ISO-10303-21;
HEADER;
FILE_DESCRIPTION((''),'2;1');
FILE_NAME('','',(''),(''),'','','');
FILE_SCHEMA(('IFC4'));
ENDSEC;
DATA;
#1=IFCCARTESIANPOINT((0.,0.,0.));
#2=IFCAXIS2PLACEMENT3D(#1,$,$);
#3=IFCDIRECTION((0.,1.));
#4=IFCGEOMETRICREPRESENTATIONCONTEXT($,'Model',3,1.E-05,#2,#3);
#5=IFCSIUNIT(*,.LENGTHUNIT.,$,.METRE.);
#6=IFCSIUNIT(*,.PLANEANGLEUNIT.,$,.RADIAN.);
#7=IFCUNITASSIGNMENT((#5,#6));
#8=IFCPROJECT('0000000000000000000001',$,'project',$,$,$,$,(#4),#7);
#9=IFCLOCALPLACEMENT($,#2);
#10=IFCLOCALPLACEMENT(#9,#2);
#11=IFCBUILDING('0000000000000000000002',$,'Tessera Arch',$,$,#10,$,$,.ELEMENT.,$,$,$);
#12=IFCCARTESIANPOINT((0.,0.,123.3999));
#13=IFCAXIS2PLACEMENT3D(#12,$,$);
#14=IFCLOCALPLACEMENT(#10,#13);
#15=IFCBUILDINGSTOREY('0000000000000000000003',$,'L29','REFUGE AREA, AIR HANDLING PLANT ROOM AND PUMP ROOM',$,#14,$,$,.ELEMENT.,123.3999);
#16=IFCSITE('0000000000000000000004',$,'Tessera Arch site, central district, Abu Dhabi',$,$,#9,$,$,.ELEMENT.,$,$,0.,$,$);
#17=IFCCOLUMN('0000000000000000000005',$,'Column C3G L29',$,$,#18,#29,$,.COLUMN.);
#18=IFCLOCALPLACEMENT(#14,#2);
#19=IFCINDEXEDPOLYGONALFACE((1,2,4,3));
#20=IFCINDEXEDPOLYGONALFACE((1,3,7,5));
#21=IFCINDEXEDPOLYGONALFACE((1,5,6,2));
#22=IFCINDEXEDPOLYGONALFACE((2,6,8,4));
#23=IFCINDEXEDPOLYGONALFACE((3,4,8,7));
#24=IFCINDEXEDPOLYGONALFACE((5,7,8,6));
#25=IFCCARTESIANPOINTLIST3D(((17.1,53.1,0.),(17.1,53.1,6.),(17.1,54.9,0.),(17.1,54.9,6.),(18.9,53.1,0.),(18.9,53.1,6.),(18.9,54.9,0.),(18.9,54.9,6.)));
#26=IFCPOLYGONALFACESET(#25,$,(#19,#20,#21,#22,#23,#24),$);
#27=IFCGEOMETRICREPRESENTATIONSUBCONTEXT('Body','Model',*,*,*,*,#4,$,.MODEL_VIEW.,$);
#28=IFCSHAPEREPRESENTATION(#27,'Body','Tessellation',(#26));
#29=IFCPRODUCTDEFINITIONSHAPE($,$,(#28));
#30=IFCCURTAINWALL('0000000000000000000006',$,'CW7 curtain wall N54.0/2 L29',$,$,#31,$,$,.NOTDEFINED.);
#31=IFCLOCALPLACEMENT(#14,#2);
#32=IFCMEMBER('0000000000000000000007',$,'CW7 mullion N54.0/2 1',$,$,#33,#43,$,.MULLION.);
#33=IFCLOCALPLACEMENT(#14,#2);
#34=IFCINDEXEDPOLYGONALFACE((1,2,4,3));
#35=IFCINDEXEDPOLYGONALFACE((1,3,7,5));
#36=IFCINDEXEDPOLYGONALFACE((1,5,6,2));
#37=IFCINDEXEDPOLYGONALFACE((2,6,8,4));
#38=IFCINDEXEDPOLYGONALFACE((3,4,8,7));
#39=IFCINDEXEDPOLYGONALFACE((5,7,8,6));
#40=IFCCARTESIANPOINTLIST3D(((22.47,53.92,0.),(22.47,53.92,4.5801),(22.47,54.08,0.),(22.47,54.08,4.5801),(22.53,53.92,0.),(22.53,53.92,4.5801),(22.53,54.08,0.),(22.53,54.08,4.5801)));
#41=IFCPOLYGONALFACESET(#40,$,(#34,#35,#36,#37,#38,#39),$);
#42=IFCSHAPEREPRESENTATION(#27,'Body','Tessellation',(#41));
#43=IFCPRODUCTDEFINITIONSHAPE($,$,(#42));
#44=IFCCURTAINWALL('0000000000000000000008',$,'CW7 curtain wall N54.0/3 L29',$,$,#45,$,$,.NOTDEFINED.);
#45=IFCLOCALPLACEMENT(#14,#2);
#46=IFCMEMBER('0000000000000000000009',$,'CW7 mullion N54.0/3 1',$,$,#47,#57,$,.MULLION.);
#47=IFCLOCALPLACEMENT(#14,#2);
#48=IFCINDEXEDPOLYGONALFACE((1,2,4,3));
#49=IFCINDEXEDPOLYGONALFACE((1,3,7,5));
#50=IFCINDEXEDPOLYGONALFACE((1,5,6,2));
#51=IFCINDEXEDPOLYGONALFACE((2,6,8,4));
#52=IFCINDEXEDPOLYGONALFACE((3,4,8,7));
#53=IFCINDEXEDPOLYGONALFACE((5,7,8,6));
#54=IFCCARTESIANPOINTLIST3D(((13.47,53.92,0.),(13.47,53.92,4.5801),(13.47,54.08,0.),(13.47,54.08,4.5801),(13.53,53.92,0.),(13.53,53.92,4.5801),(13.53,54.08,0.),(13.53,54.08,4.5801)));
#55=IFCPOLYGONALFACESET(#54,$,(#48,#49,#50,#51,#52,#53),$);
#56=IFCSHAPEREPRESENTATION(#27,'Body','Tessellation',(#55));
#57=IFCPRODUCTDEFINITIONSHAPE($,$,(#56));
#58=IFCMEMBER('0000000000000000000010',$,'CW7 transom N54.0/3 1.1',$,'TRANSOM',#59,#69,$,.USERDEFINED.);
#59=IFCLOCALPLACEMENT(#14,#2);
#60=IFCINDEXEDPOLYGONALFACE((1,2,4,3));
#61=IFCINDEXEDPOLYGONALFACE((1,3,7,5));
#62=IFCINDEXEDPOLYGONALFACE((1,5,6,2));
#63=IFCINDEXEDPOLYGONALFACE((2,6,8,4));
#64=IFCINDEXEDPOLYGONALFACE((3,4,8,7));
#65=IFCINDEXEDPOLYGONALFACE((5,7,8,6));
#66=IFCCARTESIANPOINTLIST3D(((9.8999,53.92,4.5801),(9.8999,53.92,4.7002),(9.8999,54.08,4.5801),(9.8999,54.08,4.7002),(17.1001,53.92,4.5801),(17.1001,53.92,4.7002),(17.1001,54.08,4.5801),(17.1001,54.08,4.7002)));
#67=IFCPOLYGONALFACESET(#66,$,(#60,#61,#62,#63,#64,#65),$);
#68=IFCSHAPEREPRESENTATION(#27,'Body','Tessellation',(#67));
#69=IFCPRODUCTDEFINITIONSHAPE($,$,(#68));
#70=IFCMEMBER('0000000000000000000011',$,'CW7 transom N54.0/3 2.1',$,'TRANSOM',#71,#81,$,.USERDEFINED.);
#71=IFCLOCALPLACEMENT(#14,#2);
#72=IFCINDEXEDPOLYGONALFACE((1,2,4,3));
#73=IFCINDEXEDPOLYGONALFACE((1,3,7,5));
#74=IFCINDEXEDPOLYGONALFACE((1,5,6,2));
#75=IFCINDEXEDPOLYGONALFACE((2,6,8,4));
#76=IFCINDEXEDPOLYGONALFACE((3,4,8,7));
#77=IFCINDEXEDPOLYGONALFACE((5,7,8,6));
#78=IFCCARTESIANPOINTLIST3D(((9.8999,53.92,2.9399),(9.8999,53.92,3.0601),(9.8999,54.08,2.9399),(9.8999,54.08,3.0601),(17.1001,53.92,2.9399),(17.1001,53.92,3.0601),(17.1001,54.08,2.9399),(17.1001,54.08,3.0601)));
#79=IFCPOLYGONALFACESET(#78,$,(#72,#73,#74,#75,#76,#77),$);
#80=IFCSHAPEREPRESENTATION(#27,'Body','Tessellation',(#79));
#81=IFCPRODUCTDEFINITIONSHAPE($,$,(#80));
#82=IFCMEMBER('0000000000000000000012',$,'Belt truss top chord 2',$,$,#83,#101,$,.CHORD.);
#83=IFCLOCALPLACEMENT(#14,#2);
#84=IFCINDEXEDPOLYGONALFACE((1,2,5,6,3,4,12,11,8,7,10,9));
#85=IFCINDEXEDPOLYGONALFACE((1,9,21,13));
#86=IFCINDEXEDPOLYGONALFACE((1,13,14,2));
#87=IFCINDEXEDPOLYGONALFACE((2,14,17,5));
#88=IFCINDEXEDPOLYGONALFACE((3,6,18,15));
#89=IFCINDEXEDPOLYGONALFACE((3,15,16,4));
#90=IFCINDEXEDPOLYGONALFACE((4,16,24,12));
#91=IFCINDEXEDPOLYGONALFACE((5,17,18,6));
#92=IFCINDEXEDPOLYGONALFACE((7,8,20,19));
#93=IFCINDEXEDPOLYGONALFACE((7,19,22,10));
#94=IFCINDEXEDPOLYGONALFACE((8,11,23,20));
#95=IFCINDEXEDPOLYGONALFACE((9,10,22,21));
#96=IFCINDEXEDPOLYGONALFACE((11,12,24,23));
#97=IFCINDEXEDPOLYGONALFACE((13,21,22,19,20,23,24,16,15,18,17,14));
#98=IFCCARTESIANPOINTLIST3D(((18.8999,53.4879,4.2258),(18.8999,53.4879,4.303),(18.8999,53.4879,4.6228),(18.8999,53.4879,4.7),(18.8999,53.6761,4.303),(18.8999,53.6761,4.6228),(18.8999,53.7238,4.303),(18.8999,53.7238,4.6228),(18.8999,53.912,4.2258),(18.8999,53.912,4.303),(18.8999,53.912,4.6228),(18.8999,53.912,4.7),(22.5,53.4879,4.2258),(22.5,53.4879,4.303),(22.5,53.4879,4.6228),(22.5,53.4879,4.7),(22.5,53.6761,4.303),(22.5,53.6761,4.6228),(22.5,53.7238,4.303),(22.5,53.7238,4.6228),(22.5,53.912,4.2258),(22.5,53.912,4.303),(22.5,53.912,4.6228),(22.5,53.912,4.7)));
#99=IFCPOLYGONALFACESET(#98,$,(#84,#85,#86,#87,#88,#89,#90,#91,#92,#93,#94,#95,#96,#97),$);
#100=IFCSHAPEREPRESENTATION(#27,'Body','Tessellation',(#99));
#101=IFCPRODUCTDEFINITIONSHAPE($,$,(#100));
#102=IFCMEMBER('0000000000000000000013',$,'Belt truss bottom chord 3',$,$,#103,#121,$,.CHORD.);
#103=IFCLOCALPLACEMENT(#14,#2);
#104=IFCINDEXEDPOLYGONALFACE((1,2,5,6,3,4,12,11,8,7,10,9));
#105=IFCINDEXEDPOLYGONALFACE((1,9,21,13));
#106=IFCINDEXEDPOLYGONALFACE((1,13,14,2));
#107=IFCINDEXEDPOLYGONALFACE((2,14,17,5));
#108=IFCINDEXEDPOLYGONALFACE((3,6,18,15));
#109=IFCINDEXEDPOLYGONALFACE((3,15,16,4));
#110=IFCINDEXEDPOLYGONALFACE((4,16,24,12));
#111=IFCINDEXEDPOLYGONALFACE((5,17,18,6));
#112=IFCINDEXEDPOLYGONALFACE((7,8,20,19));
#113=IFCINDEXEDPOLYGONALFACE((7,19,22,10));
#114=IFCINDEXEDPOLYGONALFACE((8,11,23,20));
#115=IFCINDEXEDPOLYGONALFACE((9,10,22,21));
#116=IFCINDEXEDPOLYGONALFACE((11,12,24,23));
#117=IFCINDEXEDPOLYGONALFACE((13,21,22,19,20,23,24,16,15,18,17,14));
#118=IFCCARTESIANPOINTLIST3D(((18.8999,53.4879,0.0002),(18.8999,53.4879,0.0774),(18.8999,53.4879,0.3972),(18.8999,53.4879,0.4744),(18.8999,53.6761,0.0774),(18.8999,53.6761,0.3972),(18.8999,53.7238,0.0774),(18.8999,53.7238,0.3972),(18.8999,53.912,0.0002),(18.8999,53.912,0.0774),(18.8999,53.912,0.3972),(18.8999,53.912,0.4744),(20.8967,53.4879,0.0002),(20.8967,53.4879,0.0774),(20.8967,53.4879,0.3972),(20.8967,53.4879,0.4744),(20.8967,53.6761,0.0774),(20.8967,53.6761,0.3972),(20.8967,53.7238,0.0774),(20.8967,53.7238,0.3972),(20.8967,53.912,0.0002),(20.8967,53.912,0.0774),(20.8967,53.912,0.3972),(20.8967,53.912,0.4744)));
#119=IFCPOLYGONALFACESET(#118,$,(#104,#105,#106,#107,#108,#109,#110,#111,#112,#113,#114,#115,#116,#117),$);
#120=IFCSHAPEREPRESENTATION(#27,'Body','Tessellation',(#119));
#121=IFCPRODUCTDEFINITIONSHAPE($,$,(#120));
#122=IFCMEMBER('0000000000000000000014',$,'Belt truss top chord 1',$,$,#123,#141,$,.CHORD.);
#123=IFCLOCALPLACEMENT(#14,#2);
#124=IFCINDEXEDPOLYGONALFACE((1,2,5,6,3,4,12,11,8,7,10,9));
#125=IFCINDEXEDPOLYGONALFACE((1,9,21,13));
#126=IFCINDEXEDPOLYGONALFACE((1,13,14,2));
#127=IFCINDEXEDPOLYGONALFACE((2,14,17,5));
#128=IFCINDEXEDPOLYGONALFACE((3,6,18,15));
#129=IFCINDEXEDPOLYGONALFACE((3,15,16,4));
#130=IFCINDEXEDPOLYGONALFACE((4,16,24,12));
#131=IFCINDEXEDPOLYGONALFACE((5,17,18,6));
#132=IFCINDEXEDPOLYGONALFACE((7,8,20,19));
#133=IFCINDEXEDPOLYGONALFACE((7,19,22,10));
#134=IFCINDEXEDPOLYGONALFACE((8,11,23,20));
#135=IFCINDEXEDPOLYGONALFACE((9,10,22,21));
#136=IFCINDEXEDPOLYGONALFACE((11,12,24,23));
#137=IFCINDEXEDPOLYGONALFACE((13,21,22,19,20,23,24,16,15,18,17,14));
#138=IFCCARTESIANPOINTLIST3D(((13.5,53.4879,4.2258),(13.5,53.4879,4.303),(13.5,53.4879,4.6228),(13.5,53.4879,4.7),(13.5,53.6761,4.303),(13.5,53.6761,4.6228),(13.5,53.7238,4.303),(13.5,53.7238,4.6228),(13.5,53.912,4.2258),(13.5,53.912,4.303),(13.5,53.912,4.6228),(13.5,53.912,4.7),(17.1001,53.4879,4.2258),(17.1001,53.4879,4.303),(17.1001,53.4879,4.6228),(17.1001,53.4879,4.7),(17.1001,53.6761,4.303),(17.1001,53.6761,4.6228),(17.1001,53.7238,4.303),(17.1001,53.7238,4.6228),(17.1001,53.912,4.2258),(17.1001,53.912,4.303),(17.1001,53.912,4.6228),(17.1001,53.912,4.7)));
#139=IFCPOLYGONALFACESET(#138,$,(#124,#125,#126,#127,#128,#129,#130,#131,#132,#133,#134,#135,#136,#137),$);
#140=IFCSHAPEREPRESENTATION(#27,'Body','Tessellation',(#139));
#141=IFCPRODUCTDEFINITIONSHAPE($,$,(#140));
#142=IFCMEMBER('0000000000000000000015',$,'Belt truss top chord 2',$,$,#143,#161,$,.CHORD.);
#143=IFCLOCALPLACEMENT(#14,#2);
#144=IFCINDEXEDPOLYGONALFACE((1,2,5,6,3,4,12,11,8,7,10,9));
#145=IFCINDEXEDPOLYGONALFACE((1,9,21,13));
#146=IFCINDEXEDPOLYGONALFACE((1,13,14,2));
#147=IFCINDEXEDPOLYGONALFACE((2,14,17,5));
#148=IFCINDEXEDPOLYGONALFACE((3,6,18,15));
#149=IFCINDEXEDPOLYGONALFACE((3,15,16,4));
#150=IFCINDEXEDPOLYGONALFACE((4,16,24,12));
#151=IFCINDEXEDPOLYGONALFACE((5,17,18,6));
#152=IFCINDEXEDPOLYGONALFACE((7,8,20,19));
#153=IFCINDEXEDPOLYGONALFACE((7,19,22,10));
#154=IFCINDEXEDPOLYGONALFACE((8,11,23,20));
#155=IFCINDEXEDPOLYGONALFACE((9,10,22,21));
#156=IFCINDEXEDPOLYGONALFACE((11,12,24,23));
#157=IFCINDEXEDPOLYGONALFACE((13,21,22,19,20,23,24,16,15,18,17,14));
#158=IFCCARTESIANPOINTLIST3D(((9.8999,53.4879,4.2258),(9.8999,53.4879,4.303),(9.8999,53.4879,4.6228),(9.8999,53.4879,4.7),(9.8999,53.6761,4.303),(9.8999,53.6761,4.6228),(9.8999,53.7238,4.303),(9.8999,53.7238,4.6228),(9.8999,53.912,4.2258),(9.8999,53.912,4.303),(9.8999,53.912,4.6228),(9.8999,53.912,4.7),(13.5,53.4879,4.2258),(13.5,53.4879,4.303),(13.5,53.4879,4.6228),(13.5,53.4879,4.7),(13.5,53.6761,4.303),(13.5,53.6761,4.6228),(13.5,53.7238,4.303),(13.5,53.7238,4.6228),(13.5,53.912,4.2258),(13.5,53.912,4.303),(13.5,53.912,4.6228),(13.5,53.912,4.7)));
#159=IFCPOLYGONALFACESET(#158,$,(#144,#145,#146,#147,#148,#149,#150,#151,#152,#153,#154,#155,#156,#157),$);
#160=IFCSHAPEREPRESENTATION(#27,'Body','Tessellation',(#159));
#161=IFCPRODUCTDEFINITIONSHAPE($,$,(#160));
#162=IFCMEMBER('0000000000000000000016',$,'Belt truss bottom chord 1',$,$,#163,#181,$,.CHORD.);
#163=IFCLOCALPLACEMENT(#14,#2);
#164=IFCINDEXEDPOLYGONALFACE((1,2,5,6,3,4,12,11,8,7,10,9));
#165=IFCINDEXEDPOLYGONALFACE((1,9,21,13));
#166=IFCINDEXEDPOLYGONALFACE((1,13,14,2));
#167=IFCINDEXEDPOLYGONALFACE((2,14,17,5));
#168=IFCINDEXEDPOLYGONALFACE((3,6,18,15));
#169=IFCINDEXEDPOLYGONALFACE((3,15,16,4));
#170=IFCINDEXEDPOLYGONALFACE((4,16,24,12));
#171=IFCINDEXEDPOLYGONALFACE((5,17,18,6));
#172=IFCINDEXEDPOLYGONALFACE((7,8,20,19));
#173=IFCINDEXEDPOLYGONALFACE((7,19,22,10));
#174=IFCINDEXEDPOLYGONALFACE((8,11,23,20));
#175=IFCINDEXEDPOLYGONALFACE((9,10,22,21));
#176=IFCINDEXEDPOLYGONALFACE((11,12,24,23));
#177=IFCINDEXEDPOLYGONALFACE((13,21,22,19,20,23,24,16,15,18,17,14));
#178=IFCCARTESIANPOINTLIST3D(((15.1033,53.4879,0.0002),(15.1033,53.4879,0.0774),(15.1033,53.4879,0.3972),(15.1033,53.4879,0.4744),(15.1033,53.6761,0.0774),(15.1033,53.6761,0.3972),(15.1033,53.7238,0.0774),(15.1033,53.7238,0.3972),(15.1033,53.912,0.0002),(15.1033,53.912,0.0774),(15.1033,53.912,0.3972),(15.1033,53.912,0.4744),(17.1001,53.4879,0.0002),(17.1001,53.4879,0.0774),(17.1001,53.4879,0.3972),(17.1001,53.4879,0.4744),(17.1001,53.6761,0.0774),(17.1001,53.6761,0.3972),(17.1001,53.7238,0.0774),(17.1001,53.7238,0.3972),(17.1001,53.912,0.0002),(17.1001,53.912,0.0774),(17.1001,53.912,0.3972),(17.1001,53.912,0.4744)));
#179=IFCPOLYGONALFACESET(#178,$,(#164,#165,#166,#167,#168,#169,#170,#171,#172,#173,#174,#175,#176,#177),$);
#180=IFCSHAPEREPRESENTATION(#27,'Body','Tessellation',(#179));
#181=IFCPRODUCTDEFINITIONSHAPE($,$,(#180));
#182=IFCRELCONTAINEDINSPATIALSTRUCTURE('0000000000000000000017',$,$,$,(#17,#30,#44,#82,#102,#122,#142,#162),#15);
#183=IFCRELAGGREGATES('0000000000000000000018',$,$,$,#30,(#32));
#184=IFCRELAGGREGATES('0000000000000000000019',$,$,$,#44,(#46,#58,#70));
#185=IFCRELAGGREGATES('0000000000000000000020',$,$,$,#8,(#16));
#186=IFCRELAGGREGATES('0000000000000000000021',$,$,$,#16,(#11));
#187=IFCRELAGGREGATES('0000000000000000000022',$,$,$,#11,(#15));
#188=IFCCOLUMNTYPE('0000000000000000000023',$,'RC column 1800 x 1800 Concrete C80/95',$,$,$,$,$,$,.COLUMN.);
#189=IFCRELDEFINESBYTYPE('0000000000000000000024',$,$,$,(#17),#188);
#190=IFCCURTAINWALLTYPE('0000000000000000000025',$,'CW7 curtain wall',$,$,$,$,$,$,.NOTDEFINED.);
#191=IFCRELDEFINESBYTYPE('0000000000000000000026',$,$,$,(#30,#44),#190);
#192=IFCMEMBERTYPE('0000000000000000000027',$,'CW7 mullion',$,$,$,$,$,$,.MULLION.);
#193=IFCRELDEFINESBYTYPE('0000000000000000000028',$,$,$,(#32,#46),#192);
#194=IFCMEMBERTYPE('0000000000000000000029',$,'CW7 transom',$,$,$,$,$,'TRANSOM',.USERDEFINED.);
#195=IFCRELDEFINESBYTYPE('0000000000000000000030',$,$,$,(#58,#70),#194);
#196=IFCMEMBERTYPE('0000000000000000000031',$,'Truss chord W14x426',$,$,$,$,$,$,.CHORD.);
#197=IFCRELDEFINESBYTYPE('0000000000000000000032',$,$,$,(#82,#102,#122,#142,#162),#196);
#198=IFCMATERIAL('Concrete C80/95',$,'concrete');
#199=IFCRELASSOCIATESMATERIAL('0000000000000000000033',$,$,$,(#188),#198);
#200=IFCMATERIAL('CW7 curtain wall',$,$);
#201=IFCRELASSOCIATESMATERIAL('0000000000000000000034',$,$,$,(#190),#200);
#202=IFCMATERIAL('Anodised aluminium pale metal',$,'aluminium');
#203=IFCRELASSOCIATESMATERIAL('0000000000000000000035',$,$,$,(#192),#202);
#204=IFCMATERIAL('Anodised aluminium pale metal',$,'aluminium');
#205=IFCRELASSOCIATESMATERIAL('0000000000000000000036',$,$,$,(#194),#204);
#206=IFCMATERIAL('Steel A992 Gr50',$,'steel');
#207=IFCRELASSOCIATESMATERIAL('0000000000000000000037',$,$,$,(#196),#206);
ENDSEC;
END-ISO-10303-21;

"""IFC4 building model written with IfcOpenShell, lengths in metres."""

from ifc_helpers import new_model, si_unit, direction, frame, origin, origin_2d, place, context, subcontext, project, spatial, rectangle, i_section, extrude, material, material_profile, profile_set, type_object, element, aggregate, save


model = new_model("IFC4")

# Units and contexts
model_context = context("Model", 3, precision=1e-05, world=origin(), true_north=direction((0.0, 1.0)))
body_context = subcontext(model_context, "Body", "Model", "MODEL_VIEW")
ifc_project = project(units=[si_unit("LENGTHUNIT", "METRE"), si_unit("PLANEANGLEUNIT", "RADIAN")], contexts=[model_context])

# Site, building, storey
site_placement = place(None, origin())
site = spatial("IfcSite", under=ifc_project, at=site_placement, Name="Tessera Arch site, central district, Abu Dhabi", CompositionType="ELEMENT", RefElevation=0.0)
building_placement = place(site_placement, origin())
building = spatial("IfcBuilding", under=site, at=building_placement, Name="Tessera Arch", CompositionType="ELEMENT")
storey_placement = place(building_placement, frame((0.0, 0.0, 123.3999)))
storey = spatial("IfcBuildingStorey", under=building, at=storey_placement, Name="L29", Description="REFUGE AREA, AIR HANDLING PLANT ROOM AND PUMP ROOM", CompositionType="ELEMENT", Elevation=123.3999)

# Column
ifc_material_1 = material(Name="Concrete C80/95", Category="concrete")
ifc_material_profile_1 = material_profile(ifc_material_1, rectangle(XDim=1.8, YDim=1.8, at=origin_2d()), Name="RC column 1800 x 1800 Concrete C80/95")
ifc_profile_set_1 = profile_set([ifc_material_profile_1], Name="Concrete C80/95")
column_type = type_object("IfcColumnType", Name="RC column 1800 x 1800 Concrete C80/95", PredefinedType="COLUMN", material=ifc_profile_set_1)
column_placement = place(storey_placement, frame((18.0, 54.0, 0.0), z_axis=(0.0, 0.0, 1.0), x_axis=(1.0, 0.0, 0.0)))
element("IfcColumn", 1, at=column_placement, inside=storey, type_object=column_type, Name="Column C3G L29", PredefinedType="COLUMN", context=body_context, shape_type="SweptSolid", body=[
    extrude(rectangle(XDim=1.8, YDim=1.8, at=origin_2d()), origin(), (0.0, 0.0, 1.0), 6.0),
])

# Curtain wall, member
ifc_material_2 = material(Name="CW7 curtain wall")
curtain_wall_type = type_object("IfcCurtainWallType", Name="CW7 curtain wall", PredefinedType="NOTDEFINED", material=ifc_material_2)
curtain_wall_1_placement = place(storey_placement, origin())
curtain_wall_1 = element("IfcCurtainWall", 2, at=curtain_wall_1_placement, inside=storey, type_object=curtain_wall_type, Name="CW7 curtain wall N54.0/2 L29", PredefinedType="NOTDEFINED")
ifc_material_3 = material(Name="Anodised aluminium pale metal", Category="aluminium")
ifc_material_profile_2 = material_profile(ifc_material_3, rectangle(XDim=0.1599, YDim=0.0601, at=origin_2d()), Name="AL 60x160")
ifc_profile_set_2 = profile_set([ifc_material_profile_2], Name="Anodised aluminium pale metal")
member_type_1 = type_object("IfcMemberType", Name="CW7 mullion", PredefinedType="MULLION", material=ifc_profile_set_2)
member_1_placement = place(storey_placement, frame((22.5, 54.0, 0.0), z_axis=(0.0, 0.0, 1.0), x_axis=(0.0, -1.0, 0.0)))
member_1 = element("IfcMember", 3, at=member_1_placement, type_object=member_type_1, Name="CW7 mullion N54.0/2 1", PredefinedType="MULLION", context=body_context, shape_type="SweptSolid", body=[
    extrude(rectangle(XDim=0.1599, YDim=0.0601, at=origin_2d()), origin(), (0.0, 0.0, 1.0), 4.5801),
])

# Curtain wall, members
curtain_wall_2_placement = place(storey_placement, origin())
curtain_wall_2 = element("IfcCurtainWall", 4, at=curtain_wall_2_placement, inside=storey, type_object=curtain_wall_type, Name="CW7 curtain wall N54.0/3 L29", PredefinedType="NOTDEFINED")
member_2_placement = place(storey_placement, frame((13.5, 54.0, 0.0), z_axis=(0.0, 0.0, 1.0), x_axis=(0.0, -1.0, 0.0)))
member_2 = element("IfcMember", 5, at=member_2_placement, type_object=member_type_1, Name="CW7 mullion N54.0/3 1", PredefinedType="MULLION", context=body_context, shape_type="SweptSolid", body=[
    extrude(rectangle(XDim=0.1599, YDim=0.0601, at=origin_2d()), origin(), (0.0, 0.0, 1.0), 4.5801),
])
ifc_material_4 = material(Name="Anodised aluminium pale metal", Category="aluminium")
ifc_material_profile_3 = material_profile(ifc_material_4, rectangle(XDim=0.1599, YDim=0.1201, at=origin_2d()), Name="AL 160x120")
ifc_profile_set_3 = profile_set([ifc_material_profile_3], Name="Anodised aluminium pale metal")
member_type_2 = type_object("IfcMemberType", Name="CW7 transom", ElementType="TRANSOM", PredefinedType="USERDEFINED", material=ifc_profile_set_3)
member_3_placement = place(storey_placement, frame((17.1001, 54.0, 4.6401), z_axis=(-1.0, 0.0, 0.0), x_axis=(0.0, -1.0, 0.0)))
member_3 = element("IfcMember", 6, at=member_3_placement, type_object=member_type_2, Name="CW7 transom N54.0/3 1.1", ObjectType="TRANSOM", PredefinedType="USERDEFINED", context=body_context, shape_type="SweptSolid", body=[
    extrude(rectangle(XDim=0.1599, YDim=0.1201, at=origin_2d()), origin(), (0.0, 0.0, 1.0), 7.2002),
])
member_4_placement = place(storey_placement, frame((17.1001, 54.0, 3.0), z_axis=(-1.0, 0.0, 0.0), x_axis=(0.0, -1.0, 0.0)))
member_4 = element("IfcMember", 7, at=member_4_placement, type_object=member_type_2, Name="CW7 transom N54.0/3 2.1", ObjectType="TRANSOM", PredefinedType="USERDEFINED", context=body_context, shape_type="SweptSolid", body=[
    extrude(rectangle(XDim=0.1599, YDim=0.1201, at=origin_2d()), origin(), (0.0, 0.0, 1.0), 7.2002),
])

# Members
ifc_material_5 = material(Name="Steel A992 Gr50", Category="steel")
ifc_material_profile_4 = material_profile(ifc_material_5, i_section(OverallWidth=0.4241, OverallDepth=0.4741, WebThickness=0.0476, FlangeThickness=0.0771, at=origin_2d()), Name="W14x426")
ifc_profile_set_4 = profile_set([ifc_material_profile_4], Name="Steel A992 Gr50")
member_type_3 = type_object("IfcMemberType", Name="Truss chord W14x426", PredefinedType="CHORD", material=ifc_profile_set_4)
member_5_placement = place(storey_placement, frame((22.5, 53.7, 4.4629), z_axis=(-1.0, 0.0, 0.0), x_axis=(0.0, -1.0, 0.0)))
element("IfcMember", 8, at=member_5_placement, inside=storey, type_object=member_type_3, Name="Belt truss top chord 2", PredefinedType="CHORD", context=body_context, shape_type="SweptSolid", body=[
    extrude(i_section(OverallWidth=0.4241, OverallDepth=0.4741, WebThickness=0.0476, FlangeThickness=0.0771, at=origin_2d()), origin(), (0.0, 0.0, 1.0), 3.6001),
])
member_6_placement = place(storey_placement, frame((20.8967, 53.7, 0.2373), z_axis=(-1.0, 0.0, 0.0), x_axis=(0.0, -1.0, 0.0)))
element("IfcMember", 9, at=member_6_placement, inside=storey, type_object=member_type_3, Name="Belt truss bottom chord 3", PredefinedType="CHORD", context=body_context, shape_type="SweptSolid", body=[
    extrude(i_section(OverallWidth=0.4241, OverallDepth=0.4741, WebThickness=0.0476, FlangeThickness=0.0771, at=origin_2d()), origin(), (0.0, 0.0, 1.0), 1.9968),
])
for number, where, z_axis, x_axis, name in (
    (10, (17.1001, 53.7, 4.4629), (-1.0, 0.0, 0.0), (0.0, -1.0, 0.0), "Belt truss top chord 1"),
    (11, (13.5, 53.7, 4.4629), (-1.0, 0.0, 0.0), (0.0, -1.0, 0.0), "Belt truss top chord 2"),
):
    element("IfcMember", number, at=place(storey_placement, frame(where, z_axis=z_axis, x_axis=x_axis)), inside=storey, type_object=member_type_3, Name=name, PredefinedType="CHORD", context=body_context, shape_type="SweptSolid", body=[
        extrude(i_section(OverallWidth=0.4241, OverallDepth=0.4741, WebThickness=0.0476, FlangeThickness=0.0771, at=origin_2d()), origin(), (0.0, 0.0, 1.0), 3.6001),
    ])
member_7_placement = place(storey_placement, frame((17.1001, 53.7, 0.2373), z_axis=(-1.0, 0.0, 0.0), x_axis=(0.0, -1.0, 0.0)))
element("IfcMember", 12, at=member_7_placement, inside=storey, type_object=member_type_3, Name="Belt truss bottom chord 1", PredefinedType="CHORD", context=body_context, shape_type="SweptSolid", body=[
    extrude(i_section(OverallWidth=0.4241, OverallDepth=0.4741, WebThickness=0.0476, FlangeThickness=0.0771, at=origin_2d()), origin(), (0.0, 0.0, 1.0), 1.9968),
])

aggregate(curtain_wall_1, [member_1])
aggregate(curtain_wall_2, [member_2, member_3, member_4])

save(model, "model.ifc")
